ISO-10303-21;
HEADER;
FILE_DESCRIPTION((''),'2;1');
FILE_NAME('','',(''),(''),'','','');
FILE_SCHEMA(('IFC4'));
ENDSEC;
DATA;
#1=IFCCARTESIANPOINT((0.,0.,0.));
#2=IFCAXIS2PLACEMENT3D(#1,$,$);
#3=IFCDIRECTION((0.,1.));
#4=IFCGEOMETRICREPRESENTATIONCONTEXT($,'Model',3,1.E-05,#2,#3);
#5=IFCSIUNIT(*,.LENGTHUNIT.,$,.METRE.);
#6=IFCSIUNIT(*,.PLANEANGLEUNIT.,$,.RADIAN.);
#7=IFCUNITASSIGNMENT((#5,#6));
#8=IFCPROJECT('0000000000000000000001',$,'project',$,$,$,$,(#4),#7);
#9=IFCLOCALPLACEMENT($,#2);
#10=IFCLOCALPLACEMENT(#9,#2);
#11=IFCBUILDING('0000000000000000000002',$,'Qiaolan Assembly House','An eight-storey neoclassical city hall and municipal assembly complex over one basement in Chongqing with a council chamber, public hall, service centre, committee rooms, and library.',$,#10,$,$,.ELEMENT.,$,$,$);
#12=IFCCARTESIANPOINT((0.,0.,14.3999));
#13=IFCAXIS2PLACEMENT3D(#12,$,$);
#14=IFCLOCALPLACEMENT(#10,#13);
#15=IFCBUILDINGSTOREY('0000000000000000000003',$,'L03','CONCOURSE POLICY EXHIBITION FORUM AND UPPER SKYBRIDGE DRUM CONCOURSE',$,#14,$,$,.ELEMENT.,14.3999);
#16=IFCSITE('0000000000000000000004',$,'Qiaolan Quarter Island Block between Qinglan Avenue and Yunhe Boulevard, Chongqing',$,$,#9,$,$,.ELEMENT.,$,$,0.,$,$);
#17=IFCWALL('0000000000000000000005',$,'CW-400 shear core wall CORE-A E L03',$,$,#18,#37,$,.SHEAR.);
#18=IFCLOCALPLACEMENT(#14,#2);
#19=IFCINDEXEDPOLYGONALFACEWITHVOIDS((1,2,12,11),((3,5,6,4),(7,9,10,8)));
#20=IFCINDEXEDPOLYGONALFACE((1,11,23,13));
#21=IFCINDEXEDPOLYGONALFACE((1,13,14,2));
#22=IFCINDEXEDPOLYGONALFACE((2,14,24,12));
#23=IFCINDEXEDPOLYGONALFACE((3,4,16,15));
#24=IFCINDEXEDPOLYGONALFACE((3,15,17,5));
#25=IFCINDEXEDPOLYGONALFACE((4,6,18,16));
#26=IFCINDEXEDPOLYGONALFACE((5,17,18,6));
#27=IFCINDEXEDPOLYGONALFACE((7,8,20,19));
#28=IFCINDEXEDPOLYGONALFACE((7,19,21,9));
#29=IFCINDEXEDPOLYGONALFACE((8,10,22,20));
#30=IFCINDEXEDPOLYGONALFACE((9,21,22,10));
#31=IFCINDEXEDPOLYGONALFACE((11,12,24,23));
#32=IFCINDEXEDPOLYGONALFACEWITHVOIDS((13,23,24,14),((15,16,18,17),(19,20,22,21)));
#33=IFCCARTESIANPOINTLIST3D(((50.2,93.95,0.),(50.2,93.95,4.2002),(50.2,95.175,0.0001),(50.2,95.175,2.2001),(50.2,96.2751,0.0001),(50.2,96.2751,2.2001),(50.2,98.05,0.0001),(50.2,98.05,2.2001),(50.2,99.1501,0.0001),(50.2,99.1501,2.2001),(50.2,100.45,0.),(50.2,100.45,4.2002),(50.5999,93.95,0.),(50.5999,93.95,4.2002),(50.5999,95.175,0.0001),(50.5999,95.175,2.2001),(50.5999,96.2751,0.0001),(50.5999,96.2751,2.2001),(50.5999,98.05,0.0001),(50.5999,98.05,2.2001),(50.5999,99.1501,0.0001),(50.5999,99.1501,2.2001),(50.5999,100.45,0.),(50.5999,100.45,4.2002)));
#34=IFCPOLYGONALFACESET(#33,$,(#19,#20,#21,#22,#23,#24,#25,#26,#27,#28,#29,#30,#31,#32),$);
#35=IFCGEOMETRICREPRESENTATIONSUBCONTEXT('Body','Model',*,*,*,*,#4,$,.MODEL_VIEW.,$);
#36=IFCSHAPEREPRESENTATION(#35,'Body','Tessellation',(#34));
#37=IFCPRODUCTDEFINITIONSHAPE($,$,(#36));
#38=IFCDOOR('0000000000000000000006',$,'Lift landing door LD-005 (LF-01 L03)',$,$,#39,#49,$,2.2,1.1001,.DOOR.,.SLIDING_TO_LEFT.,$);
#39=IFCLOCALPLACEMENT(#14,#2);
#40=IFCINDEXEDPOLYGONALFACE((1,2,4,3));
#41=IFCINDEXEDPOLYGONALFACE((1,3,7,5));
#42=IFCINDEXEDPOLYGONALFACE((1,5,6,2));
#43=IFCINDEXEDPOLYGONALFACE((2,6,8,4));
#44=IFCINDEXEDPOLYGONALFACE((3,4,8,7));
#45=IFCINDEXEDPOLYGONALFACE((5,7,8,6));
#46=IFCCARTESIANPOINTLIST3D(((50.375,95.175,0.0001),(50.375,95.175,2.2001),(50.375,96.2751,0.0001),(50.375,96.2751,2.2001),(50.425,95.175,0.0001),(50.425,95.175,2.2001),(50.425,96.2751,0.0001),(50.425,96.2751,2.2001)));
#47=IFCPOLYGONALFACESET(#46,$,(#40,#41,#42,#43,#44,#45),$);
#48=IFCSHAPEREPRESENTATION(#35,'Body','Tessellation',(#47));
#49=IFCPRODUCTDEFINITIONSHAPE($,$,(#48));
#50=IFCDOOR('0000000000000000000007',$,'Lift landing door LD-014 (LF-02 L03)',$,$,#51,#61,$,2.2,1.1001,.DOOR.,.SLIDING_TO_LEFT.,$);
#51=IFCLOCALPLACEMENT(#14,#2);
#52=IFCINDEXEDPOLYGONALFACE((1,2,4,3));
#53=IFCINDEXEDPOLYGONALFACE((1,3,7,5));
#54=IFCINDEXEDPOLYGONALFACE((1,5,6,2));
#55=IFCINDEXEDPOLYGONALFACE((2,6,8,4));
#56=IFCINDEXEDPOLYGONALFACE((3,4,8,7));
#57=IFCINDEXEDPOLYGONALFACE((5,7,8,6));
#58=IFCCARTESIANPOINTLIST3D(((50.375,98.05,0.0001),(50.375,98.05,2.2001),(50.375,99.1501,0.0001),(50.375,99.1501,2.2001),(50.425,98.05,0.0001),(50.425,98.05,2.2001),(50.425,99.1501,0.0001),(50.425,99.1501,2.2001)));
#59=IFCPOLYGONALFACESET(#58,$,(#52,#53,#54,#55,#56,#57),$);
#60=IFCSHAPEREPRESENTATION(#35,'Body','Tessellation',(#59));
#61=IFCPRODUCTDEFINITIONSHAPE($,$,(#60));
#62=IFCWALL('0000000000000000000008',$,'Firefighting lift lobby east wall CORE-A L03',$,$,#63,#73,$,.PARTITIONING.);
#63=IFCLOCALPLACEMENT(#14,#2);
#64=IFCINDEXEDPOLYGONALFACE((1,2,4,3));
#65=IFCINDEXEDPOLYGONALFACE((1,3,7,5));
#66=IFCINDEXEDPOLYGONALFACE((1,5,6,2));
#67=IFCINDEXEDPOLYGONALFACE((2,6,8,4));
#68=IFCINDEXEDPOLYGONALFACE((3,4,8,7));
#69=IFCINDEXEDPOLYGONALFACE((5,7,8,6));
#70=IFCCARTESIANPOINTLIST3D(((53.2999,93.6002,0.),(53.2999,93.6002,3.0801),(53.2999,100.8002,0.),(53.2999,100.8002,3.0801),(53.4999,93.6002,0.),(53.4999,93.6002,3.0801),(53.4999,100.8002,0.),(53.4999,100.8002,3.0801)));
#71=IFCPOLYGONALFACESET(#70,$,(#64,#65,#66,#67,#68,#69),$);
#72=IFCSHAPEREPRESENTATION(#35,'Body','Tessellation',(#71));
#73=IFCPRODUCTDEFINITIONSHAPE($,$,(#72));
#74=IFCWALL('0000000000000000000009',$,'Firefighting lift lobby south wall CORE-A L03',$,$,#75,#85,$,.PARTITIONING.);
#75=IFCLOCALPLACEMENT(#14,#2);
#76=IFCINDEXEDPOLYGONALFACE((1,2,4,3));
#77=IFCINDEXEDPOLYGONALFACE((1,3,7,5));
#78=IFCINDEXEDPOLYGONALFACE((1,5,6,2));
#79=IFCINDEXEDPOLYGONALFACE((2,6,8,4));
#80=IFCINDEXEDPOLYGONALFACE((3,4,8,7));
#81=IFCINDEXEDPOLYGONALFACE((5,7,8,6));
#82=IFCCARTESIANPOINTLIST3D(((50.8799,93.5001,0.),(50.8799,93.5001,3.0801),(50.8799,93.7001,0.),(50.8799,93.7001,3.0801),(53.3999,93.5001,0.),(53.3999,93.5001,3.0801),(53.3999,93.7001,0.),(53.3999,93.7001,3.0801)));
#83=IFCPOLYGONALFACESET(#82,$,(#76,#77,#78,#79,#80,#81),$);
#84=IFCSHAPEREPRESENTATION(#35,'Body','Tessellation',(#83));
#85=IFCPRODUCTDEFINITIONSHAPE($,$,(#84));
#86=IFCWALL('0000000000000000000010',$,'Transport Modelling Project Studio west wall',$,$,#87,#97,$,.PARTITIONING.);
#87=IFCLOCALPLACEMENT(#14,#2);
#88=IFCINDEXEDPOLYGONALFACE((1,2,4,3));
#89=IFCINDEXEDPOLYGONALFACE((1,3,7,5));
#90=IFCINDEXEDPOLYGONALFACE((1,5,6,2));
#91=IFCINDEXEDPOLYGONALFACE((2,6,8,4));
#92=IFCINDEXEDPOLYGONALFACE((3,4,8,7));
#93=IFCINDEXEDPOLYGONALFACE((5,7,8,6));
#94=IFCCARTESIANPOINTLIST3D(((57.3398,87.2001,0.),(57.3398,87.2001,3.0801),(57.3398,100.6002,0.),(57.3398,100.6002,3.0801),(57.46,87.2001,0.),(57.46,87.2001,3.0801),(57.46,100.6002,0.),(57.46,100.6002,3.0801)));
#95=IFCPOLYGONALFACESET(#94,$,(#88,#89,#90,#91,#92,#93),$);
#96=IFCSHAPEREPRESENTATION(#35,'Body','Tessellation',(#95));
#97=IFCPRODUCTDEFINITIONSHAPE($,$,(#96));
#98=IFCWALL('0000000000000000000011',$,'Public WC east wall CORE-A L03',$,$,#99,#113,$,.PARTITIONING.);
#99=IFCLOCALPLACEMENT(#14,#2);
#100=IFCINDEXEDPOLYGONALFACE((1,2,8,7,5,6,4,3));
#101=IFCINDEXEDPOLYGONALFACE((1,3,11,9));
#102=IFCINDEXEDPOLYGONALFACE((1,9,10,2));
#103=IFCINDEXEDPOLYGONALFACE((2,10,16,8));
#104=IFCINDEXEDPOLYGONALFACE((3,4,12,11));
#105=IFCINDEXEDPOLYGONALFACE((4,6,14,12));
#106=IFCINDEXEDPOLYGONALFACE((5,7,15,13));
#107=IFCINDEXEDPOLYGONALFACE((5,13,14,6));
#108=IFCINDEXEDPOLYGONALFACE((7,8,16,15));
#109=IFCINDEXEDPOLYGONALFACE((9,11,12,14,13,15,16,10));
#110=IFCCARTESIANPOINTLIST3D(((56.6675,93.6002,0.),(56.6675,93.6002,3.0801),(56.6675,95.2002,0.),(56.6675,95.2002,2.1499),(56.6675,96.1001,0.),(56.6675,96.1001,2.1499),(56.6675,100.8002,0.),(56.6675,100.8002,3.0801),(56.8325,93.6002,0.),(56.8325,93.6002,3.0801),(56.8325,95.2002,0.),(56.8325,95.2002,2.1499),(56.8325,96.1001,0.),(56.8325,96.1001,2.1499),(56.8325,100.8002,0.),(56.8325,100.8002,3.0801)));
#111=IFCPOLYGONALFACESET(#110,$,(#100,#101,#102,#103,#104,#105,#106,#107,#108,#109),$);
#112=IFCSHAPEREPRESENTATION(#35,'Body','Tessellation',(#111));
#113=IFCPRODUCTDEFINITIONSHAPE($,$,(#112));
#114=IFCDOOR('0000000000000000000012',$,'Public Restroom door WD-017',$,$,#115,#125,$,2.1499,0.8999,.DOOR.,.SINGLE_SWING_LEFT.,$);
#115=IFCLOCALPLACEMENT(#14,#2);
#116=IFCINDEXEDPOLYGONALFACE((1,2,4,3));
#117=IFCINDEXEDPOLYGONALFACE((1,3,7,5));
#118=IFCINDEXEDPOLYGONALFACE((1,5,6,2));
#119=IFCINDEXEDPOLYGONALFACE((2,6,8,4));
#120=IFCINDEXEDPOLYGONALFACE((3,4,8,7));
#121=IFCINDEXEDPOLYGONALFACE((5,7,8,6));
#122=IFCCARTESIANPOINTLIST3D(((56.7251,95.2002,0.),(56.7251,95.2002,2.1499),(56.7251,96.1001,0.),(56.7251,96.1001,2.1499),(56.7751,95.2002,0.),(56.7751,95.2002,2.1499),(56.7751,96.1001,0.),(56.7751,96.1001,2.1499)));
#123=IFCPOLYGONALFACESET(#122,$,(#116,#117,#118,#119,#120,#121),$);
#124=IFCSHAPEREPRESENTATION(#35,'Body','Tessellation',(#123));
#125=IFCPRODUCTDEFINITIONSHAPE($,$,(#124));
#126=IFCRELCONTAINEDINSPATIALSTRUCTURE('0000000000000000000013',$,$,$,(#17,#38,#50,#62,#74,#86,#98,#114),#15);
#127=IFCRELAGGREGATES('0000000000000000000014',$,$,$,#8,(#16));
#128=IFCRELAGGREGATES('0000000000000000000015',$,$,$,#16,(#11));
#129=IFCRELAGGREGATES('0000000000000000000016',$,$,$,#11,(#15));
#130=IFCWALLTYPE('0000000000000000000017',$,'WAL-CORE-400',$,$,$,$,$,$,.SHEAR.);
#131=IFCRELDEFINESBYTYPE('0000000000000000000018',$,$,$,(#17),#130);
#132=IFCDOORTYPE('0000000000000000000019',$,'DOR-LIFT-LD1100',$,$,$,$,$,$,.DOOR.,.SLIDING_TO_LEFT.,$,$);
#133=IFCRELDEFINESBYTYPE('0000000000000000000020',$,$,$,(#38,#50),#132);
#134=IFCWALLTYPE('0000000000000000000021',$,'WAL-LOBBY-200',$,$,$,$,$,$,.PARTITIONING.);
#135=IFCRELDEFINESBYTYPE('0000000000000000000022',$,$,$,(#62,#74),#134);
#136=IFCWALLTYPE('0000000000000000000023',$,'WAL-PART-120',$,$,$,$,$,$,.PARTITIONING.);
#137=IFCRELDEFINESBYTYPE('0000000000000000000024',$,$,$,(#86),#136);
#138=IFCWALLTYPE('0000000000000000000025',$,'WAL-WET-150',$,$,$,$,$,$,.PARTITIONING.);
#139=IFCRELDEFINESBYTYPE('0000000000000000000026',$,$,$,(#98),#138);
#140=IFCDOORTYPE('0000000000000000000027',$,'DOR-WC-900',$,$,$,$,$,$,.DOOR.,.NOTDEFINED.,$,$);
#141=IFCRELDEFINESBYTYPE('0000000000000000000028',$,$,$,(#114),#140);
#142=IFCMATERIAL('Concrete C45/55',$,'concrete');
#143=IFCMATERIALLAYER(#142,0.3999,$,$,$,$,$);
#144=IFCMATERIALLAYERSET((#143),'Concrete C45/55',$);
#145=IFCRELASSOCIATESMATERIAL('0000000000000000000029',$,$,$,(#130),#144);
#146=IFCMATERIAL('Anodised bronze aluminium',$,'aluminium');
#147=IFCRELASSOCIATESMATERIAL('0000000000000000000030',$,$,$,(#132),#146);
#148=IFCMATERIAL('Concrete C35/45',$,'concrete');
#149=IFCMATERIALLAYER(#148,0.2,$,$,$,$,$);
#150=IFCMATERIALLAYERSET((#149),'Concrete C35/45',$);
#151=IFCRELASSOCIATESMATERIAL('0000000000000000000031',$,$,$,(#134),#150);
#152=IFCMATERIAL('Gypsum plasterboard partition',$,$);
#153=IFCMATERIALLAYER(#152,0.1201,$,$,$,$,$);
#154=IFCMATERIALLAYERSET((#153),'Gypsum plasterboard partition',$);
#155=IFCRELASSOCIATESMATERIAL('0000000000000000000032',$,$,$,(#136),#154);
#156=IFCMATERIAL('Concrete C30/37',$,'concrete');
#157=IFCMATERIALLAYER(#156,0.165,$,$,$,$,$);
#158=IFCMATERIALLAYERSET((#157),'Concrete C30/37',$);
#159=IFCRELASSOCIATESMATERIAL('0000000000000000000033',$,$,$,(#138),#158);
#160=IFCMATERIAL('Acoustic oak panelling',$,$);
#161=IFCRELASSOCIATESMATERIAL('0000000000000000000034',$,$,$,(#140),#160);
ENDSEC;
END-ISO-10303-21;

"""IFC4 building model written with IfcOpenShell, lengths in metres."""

from ifc_helpers import new_model, si_unit, direction, frame, frame_2d, origin, place, context, subcontext, project, spatial, rectangle, extrude, material, layer, layer_set, type_object, element, fill, save


model = new_model("IFC4")

# Units and contexts
model_context = context("Model", 3, precision=1e-05, world=origin(), true_north=direction((0.0, 1.0)))
body_context = subcontext(model_context, "Body", "Model", "MODEL_VIEW")
ifc_project = project(units=[si_unit("LENGTHUNIT", "METRE"), si_unit("PLANEANGLEUNIT", "RADIAN")], contexts=[model_context])

# Site, building, storey
site_placement = place(None, origin())
site = spatial("IfcSite", under=ifc_project, at=site_placement, Name="Qiaolan Quarter Island Block between Qinglan Avenue and Yunhe Boulevard, Chongqing", CompositionType="ELEMENT", RefElevation=0.0)
building_placement = place(site_placement, origin())
building = spatial("IfcBuilding", under=site, at=building_placement, Name="Qiaolan Assembly House", Description="An eight-storey neoclassical city hall and municipal assembly complex over one basement in Chongqing with a council chamber, public hall, service centre, committee rooms, and library.", CompositionType="ELEMENT")
storey_placement = place(building_placement, frame((0.0, 0.0, 14.3999)))
storey = spatial("IfcBuildingStorey", under=building, at=storey_placement, Name="L03", Description="CONCOURSE POLICY EXHIBITION FORUM AND UPPER SKYBRIDGE DRUM CONCOURSE", CompositionType="ELEMENT", Elevation=14.3999)

# Shared definitions
ifc_material_1 = material(Name="Concrete C45/55", Category="concrete")

# Wall, openings, doors
ifc_layer_1 = layer(ifc_material_1, 0.3999)
ifc_layer_set_1 = layer_set([ifc_layer_1], Name="Concrete C45/55")
wall_type_1 = type_object("IfcWallType", Name="WAL-CORE-400", PredefinedType="SHEAR", material=ifc_layer_set_1)
wall_1_placement = place(storey_placement, frame((50.3999, 93.95, 0.0), z_axis=(0.0, 0.0, 1.0), x_axis=(0.0, 1.0, 0.0)))
wall_1 = element("IfcWall", 1, at=wall_1_placement, inside=storey, type_object=wall_type_1, Name="CW-400 shear core wall CORE-A E L03", PredefinedType="SHEAR", context=body_context, shape_type="SweptSolid", body=[
    extrude(rectangle(XDim=6.5, YDim=0.3999, at=frame_2d((3.25, 0.0))), origin(), (0.0, 0.0, 1.0), 4.2002),
])
opening_1_placement = place(wall_1_placement, frame((1.2251, 0.0, 0.0)))
opening_1 = element("IfcOpeningElement", 2, at=opening_1_placement, cuts=wall_1, PredefinedType="OPENING", context=body_context, shape_type="SweptSolid", body=[
    extrude(rectangle(XDim=1.1001, YDim=2.2, at=frame_2d((0.55, 1.1001))), frame((0.0, 0.21, 0.0), z_axis=(0.0, -1.0, 0.0), x_axis=(1.0, 0.0, 0.0)), (0.0, 0.0, 1.0), 0.4199),
])
opening_2_placement = place(wall_1_placement, frame((4.1001, 0.0, 0.0)))
opening_2 = element("IfcOpeningElement", 3, at=opening_2_placement, cuts=wall_1, PredefinedType="OPENING", context=body_context, shape_type="SweptSolid", body=[
    extrude(rectangle(XDim=1.1001, YDim=2.2, at=frame_2d((0.55, 1.1001))), frame((0.0, 0.21, 0.0), z_axis=(0.0, -1.0, 0.0), x_axis=(1.0, 0.0, 0.0)), (0.0, 0.0, 1.0), 0.4199),
])
ifc_material_2 = material(Name="Anodised bronze aluminium", Category="aluminium")
door_type_1 = type_object("IfcDoorType", Name="DOR-LIFT-LD1100", OperationType="SLIDING_TO_LEFT", PredefinedType="DOOR", material=ifc_material_2)
door_1_placement = place(opening_1_placement, origin())
door_1 = element("IfcDoor", 4, at=door_1_placement, inside=storey, type_object=door_type_1, Name="Lift landing door LD-005 (LF-01 L03)", OperationType="SLIDING_TO_LEFT", OverallHeight=2.2, OverallWidth=1.1001, PredefinedType="DOOR", context=body_context, shape_type="SweptSolid", body=[
    extrude(rectangle(XDim=1.1001, YDim=2.2, at=frame_2d((0.55, 1.1001))), frame((0.0, 0.0249, 0.0), z_axis=(0.0, -1.0, 0.0), x_axis=(1.0, 0.0, 0.0)), (0.0, 0.0, 1.0), 0.05),
])
fill(opening_1, door_1)
door_2_placement = place(opening_2_placement, origin())
door_2 = element("IfcDoor", 5, at=door_2_placement, inside=storey, type_object=door_type_1, Name="Lift landing door LD-014 (LF-02 L03)", OperationType="SLIDING_TO_LEFT", OverallHeight=2.2, OverallWidth=1.1001, PredefinedType="DOOR", context=body_context, shape_type="SweptSolid", body=[
    extrude(rectangle(XDim=1.1001, YDim=2.2, at=frame_2d((0.55, 1.1001))), frame((0.0, 0.0249, 0.0), z_axis=(0.0, -1.0, 0.0), x_axis=(1.0, 0.0, 0.0)), (0.0, 0.0, 1.0), 0.05),
])
fill(opening_2, door_2)

# Walls
ifc_material_3 = material(Name="Concrete C35/45", Category="concrete")
ifc_layer_2 = layer(ifc_material_3, 0.2)
ifc_layer_set_2 = layer_set([ifc_layer_2], Name="Concrete C35/45")
wall_type_2 = type_object("IfcWallType", Name="WAL-LOBBY-200", PredefinedType="PARTITIONING", material=ifc_layer_set_2)
wall_2_placement = place(storey_placement, frame((53.3999, 93.6001, 0.0), z_axis=(0.0, 0.0, 1.0), x_axis=(0.0, 1.0, 0.0)))
element("IfcWall", 6, at=wall_2_placement, inside=storey, type_object=wall_type_2, Name="Firefighting lift lobby east wall CORE-A L03", PredefinedType="PARTITIONING", context=body_context, shape_type="SweptSolid", body=[
    extrude(rectangle(XDim=7.2, YDim=0.2, at=frame_2d((3.6001, 0.0))), origin(), (0.0, 0.0, 1.0), 3.0801),
])
wall_3_placement = place(storey_placement, frame((50.8799, 93.6001, 0.0), z_axis=(0.0, 0.0, 1.0), x_axis=(1.0, 0.0, 0.0)))
element("IfcWall", 7, at=wall_3_placement, inside=storey, type_object=wall_type_2, Name="Firefighting lift lobby south wall CORE-A L03", PredefinedType="PARTITIONING", context=body_context, shape_type="SweptSolid", body=[
    extrude(rectangle(XDim=2.52, YDim=0.2, at=frame_2d((1.26, 0.0))), origin(), (0.0, 0.0, 1.0), 3.0801),
])
ifc_material_4 = material(Name="Gypsum plasterboard partition")
ifc_layer_3 = layer(ifc_material_4, 0.1201)
ifc_layer_set_3 = layer_set([ifc_layer_3], Name="Gypsum plasterboard partition")
wall_type_3 = type_object("IfcWallType", Name="WAL-PART-120", PredefinedType="PARTITIONING", material=ifc_layer_set_3)
wall_4_placement = place(storey_placement, frame((57.3999, 87.2, 0.0), z_axis=(0.0, 0.0, 1.0), x_axis=(0.0, 1.0, 0.0)))
element("IfcWall", 8, at=wall_4_placement, inside=storey, type_object=wall_type_3, Name="Transport Modelling Project Studio west wall", PredefinedType="PARTITIONING", context=body_context, shape_type="SweptSolid", body=[
    extrude(rectangle(XDim=13.4001, YDim=0.1201, at=frame_2d((6.7002, 0.0))), origin(), (0.0, 0.0, 1.0), 3.0801),
])

# Wall, opening, door
ifc_material_5 = material(Name="Concrete C30/37", Category="concrete")
ifc_layer_4 = layer(ifc_material_5, 0.165)
ifc_layer_set_4 = layer_set([ifc_layer_4], Name="Concrete C30/37")
wall_type_4 = type_object("IfcWallType", Name="WAL-WET-150", PredefinedType="PARTITIONING", material=ifc_layer_set_4)
wall_5_placement = place(storey_placement, frame((56.75, 93.6001, 0.0), z_axis=(0.0, 0.0, 1.0), x_axis=(0.0, 1.0, 0.0)))
wall_5 = element("IfcWall", 9, at=wall_5_placement, inside=storey, type_object=wall_type_4, Name="Public WC east wall CORE-A L03", PredefinedType="PARTITIONING", context=body_context, shape_type="SweptSolid", body=[
    extrude(rectangle(XDim=7.2, YDim=0.165, at=frame_2d((3.6001, 0.0))), origin(), (0.0, 0.0, 1.0), 3.0801),
])
opening_3_placement = place(wall_5_placement, frame((1.6001, 0.0, 0.0)))
opening_3 = element("IfcOpeningElement", 10, at=opening_3_placement, cuts=wall_5, PredefinedType="OPENING", context=body_context, shape_type="SweptSolid", body=[
    extrude(rectangle(XDim=0.8999, YDim=2.1499, at=frame_2d((0.45, 1.075))), frame((0.0, 0.0925, 0.0), z_axis=(0.0, -1.0, 0.0), x_axis=(1.0, 0.0, 0.0)), (0.0, 0.0, 1.0), 0.1851),
])
ifc_material_6 = material(Name="Acoustic oak panelling")
door_type_2 = type_object("IfcDoorType", Name="DOR-WC-900", OperationType="NOTDEFINED", PredefinedType="DOOR", material=ifc_material_6)
door_3_placement = place(opening_3_placement, origin())
door_3 = element("IfcDoor", 11, at=door_3_placement, inside=storey, type_object=door_type_2, Name="Public Restroom door WD-017", OperationType="SINGLE_SWING_LEFT", OverallHeight=2.1499, OverallWidth=0.8999, PredefinedType="DOOR", context=body_context, shape_type="SweptSolid", body=[
    extrude(rectangle(XDim=0.8999, YDim=2.1499, at=frame_2d((0.45, 1.075))), frame((0.0, 0.0249, 0.0), z_axis=(0.0, -1.0, 0.0), x_axis=(1.0, 0.0, 0.0)), (0.0, 0.0, 1.0), 0.05),
])
fill(opening_3, door_3)

save(model, "model.ifc")
